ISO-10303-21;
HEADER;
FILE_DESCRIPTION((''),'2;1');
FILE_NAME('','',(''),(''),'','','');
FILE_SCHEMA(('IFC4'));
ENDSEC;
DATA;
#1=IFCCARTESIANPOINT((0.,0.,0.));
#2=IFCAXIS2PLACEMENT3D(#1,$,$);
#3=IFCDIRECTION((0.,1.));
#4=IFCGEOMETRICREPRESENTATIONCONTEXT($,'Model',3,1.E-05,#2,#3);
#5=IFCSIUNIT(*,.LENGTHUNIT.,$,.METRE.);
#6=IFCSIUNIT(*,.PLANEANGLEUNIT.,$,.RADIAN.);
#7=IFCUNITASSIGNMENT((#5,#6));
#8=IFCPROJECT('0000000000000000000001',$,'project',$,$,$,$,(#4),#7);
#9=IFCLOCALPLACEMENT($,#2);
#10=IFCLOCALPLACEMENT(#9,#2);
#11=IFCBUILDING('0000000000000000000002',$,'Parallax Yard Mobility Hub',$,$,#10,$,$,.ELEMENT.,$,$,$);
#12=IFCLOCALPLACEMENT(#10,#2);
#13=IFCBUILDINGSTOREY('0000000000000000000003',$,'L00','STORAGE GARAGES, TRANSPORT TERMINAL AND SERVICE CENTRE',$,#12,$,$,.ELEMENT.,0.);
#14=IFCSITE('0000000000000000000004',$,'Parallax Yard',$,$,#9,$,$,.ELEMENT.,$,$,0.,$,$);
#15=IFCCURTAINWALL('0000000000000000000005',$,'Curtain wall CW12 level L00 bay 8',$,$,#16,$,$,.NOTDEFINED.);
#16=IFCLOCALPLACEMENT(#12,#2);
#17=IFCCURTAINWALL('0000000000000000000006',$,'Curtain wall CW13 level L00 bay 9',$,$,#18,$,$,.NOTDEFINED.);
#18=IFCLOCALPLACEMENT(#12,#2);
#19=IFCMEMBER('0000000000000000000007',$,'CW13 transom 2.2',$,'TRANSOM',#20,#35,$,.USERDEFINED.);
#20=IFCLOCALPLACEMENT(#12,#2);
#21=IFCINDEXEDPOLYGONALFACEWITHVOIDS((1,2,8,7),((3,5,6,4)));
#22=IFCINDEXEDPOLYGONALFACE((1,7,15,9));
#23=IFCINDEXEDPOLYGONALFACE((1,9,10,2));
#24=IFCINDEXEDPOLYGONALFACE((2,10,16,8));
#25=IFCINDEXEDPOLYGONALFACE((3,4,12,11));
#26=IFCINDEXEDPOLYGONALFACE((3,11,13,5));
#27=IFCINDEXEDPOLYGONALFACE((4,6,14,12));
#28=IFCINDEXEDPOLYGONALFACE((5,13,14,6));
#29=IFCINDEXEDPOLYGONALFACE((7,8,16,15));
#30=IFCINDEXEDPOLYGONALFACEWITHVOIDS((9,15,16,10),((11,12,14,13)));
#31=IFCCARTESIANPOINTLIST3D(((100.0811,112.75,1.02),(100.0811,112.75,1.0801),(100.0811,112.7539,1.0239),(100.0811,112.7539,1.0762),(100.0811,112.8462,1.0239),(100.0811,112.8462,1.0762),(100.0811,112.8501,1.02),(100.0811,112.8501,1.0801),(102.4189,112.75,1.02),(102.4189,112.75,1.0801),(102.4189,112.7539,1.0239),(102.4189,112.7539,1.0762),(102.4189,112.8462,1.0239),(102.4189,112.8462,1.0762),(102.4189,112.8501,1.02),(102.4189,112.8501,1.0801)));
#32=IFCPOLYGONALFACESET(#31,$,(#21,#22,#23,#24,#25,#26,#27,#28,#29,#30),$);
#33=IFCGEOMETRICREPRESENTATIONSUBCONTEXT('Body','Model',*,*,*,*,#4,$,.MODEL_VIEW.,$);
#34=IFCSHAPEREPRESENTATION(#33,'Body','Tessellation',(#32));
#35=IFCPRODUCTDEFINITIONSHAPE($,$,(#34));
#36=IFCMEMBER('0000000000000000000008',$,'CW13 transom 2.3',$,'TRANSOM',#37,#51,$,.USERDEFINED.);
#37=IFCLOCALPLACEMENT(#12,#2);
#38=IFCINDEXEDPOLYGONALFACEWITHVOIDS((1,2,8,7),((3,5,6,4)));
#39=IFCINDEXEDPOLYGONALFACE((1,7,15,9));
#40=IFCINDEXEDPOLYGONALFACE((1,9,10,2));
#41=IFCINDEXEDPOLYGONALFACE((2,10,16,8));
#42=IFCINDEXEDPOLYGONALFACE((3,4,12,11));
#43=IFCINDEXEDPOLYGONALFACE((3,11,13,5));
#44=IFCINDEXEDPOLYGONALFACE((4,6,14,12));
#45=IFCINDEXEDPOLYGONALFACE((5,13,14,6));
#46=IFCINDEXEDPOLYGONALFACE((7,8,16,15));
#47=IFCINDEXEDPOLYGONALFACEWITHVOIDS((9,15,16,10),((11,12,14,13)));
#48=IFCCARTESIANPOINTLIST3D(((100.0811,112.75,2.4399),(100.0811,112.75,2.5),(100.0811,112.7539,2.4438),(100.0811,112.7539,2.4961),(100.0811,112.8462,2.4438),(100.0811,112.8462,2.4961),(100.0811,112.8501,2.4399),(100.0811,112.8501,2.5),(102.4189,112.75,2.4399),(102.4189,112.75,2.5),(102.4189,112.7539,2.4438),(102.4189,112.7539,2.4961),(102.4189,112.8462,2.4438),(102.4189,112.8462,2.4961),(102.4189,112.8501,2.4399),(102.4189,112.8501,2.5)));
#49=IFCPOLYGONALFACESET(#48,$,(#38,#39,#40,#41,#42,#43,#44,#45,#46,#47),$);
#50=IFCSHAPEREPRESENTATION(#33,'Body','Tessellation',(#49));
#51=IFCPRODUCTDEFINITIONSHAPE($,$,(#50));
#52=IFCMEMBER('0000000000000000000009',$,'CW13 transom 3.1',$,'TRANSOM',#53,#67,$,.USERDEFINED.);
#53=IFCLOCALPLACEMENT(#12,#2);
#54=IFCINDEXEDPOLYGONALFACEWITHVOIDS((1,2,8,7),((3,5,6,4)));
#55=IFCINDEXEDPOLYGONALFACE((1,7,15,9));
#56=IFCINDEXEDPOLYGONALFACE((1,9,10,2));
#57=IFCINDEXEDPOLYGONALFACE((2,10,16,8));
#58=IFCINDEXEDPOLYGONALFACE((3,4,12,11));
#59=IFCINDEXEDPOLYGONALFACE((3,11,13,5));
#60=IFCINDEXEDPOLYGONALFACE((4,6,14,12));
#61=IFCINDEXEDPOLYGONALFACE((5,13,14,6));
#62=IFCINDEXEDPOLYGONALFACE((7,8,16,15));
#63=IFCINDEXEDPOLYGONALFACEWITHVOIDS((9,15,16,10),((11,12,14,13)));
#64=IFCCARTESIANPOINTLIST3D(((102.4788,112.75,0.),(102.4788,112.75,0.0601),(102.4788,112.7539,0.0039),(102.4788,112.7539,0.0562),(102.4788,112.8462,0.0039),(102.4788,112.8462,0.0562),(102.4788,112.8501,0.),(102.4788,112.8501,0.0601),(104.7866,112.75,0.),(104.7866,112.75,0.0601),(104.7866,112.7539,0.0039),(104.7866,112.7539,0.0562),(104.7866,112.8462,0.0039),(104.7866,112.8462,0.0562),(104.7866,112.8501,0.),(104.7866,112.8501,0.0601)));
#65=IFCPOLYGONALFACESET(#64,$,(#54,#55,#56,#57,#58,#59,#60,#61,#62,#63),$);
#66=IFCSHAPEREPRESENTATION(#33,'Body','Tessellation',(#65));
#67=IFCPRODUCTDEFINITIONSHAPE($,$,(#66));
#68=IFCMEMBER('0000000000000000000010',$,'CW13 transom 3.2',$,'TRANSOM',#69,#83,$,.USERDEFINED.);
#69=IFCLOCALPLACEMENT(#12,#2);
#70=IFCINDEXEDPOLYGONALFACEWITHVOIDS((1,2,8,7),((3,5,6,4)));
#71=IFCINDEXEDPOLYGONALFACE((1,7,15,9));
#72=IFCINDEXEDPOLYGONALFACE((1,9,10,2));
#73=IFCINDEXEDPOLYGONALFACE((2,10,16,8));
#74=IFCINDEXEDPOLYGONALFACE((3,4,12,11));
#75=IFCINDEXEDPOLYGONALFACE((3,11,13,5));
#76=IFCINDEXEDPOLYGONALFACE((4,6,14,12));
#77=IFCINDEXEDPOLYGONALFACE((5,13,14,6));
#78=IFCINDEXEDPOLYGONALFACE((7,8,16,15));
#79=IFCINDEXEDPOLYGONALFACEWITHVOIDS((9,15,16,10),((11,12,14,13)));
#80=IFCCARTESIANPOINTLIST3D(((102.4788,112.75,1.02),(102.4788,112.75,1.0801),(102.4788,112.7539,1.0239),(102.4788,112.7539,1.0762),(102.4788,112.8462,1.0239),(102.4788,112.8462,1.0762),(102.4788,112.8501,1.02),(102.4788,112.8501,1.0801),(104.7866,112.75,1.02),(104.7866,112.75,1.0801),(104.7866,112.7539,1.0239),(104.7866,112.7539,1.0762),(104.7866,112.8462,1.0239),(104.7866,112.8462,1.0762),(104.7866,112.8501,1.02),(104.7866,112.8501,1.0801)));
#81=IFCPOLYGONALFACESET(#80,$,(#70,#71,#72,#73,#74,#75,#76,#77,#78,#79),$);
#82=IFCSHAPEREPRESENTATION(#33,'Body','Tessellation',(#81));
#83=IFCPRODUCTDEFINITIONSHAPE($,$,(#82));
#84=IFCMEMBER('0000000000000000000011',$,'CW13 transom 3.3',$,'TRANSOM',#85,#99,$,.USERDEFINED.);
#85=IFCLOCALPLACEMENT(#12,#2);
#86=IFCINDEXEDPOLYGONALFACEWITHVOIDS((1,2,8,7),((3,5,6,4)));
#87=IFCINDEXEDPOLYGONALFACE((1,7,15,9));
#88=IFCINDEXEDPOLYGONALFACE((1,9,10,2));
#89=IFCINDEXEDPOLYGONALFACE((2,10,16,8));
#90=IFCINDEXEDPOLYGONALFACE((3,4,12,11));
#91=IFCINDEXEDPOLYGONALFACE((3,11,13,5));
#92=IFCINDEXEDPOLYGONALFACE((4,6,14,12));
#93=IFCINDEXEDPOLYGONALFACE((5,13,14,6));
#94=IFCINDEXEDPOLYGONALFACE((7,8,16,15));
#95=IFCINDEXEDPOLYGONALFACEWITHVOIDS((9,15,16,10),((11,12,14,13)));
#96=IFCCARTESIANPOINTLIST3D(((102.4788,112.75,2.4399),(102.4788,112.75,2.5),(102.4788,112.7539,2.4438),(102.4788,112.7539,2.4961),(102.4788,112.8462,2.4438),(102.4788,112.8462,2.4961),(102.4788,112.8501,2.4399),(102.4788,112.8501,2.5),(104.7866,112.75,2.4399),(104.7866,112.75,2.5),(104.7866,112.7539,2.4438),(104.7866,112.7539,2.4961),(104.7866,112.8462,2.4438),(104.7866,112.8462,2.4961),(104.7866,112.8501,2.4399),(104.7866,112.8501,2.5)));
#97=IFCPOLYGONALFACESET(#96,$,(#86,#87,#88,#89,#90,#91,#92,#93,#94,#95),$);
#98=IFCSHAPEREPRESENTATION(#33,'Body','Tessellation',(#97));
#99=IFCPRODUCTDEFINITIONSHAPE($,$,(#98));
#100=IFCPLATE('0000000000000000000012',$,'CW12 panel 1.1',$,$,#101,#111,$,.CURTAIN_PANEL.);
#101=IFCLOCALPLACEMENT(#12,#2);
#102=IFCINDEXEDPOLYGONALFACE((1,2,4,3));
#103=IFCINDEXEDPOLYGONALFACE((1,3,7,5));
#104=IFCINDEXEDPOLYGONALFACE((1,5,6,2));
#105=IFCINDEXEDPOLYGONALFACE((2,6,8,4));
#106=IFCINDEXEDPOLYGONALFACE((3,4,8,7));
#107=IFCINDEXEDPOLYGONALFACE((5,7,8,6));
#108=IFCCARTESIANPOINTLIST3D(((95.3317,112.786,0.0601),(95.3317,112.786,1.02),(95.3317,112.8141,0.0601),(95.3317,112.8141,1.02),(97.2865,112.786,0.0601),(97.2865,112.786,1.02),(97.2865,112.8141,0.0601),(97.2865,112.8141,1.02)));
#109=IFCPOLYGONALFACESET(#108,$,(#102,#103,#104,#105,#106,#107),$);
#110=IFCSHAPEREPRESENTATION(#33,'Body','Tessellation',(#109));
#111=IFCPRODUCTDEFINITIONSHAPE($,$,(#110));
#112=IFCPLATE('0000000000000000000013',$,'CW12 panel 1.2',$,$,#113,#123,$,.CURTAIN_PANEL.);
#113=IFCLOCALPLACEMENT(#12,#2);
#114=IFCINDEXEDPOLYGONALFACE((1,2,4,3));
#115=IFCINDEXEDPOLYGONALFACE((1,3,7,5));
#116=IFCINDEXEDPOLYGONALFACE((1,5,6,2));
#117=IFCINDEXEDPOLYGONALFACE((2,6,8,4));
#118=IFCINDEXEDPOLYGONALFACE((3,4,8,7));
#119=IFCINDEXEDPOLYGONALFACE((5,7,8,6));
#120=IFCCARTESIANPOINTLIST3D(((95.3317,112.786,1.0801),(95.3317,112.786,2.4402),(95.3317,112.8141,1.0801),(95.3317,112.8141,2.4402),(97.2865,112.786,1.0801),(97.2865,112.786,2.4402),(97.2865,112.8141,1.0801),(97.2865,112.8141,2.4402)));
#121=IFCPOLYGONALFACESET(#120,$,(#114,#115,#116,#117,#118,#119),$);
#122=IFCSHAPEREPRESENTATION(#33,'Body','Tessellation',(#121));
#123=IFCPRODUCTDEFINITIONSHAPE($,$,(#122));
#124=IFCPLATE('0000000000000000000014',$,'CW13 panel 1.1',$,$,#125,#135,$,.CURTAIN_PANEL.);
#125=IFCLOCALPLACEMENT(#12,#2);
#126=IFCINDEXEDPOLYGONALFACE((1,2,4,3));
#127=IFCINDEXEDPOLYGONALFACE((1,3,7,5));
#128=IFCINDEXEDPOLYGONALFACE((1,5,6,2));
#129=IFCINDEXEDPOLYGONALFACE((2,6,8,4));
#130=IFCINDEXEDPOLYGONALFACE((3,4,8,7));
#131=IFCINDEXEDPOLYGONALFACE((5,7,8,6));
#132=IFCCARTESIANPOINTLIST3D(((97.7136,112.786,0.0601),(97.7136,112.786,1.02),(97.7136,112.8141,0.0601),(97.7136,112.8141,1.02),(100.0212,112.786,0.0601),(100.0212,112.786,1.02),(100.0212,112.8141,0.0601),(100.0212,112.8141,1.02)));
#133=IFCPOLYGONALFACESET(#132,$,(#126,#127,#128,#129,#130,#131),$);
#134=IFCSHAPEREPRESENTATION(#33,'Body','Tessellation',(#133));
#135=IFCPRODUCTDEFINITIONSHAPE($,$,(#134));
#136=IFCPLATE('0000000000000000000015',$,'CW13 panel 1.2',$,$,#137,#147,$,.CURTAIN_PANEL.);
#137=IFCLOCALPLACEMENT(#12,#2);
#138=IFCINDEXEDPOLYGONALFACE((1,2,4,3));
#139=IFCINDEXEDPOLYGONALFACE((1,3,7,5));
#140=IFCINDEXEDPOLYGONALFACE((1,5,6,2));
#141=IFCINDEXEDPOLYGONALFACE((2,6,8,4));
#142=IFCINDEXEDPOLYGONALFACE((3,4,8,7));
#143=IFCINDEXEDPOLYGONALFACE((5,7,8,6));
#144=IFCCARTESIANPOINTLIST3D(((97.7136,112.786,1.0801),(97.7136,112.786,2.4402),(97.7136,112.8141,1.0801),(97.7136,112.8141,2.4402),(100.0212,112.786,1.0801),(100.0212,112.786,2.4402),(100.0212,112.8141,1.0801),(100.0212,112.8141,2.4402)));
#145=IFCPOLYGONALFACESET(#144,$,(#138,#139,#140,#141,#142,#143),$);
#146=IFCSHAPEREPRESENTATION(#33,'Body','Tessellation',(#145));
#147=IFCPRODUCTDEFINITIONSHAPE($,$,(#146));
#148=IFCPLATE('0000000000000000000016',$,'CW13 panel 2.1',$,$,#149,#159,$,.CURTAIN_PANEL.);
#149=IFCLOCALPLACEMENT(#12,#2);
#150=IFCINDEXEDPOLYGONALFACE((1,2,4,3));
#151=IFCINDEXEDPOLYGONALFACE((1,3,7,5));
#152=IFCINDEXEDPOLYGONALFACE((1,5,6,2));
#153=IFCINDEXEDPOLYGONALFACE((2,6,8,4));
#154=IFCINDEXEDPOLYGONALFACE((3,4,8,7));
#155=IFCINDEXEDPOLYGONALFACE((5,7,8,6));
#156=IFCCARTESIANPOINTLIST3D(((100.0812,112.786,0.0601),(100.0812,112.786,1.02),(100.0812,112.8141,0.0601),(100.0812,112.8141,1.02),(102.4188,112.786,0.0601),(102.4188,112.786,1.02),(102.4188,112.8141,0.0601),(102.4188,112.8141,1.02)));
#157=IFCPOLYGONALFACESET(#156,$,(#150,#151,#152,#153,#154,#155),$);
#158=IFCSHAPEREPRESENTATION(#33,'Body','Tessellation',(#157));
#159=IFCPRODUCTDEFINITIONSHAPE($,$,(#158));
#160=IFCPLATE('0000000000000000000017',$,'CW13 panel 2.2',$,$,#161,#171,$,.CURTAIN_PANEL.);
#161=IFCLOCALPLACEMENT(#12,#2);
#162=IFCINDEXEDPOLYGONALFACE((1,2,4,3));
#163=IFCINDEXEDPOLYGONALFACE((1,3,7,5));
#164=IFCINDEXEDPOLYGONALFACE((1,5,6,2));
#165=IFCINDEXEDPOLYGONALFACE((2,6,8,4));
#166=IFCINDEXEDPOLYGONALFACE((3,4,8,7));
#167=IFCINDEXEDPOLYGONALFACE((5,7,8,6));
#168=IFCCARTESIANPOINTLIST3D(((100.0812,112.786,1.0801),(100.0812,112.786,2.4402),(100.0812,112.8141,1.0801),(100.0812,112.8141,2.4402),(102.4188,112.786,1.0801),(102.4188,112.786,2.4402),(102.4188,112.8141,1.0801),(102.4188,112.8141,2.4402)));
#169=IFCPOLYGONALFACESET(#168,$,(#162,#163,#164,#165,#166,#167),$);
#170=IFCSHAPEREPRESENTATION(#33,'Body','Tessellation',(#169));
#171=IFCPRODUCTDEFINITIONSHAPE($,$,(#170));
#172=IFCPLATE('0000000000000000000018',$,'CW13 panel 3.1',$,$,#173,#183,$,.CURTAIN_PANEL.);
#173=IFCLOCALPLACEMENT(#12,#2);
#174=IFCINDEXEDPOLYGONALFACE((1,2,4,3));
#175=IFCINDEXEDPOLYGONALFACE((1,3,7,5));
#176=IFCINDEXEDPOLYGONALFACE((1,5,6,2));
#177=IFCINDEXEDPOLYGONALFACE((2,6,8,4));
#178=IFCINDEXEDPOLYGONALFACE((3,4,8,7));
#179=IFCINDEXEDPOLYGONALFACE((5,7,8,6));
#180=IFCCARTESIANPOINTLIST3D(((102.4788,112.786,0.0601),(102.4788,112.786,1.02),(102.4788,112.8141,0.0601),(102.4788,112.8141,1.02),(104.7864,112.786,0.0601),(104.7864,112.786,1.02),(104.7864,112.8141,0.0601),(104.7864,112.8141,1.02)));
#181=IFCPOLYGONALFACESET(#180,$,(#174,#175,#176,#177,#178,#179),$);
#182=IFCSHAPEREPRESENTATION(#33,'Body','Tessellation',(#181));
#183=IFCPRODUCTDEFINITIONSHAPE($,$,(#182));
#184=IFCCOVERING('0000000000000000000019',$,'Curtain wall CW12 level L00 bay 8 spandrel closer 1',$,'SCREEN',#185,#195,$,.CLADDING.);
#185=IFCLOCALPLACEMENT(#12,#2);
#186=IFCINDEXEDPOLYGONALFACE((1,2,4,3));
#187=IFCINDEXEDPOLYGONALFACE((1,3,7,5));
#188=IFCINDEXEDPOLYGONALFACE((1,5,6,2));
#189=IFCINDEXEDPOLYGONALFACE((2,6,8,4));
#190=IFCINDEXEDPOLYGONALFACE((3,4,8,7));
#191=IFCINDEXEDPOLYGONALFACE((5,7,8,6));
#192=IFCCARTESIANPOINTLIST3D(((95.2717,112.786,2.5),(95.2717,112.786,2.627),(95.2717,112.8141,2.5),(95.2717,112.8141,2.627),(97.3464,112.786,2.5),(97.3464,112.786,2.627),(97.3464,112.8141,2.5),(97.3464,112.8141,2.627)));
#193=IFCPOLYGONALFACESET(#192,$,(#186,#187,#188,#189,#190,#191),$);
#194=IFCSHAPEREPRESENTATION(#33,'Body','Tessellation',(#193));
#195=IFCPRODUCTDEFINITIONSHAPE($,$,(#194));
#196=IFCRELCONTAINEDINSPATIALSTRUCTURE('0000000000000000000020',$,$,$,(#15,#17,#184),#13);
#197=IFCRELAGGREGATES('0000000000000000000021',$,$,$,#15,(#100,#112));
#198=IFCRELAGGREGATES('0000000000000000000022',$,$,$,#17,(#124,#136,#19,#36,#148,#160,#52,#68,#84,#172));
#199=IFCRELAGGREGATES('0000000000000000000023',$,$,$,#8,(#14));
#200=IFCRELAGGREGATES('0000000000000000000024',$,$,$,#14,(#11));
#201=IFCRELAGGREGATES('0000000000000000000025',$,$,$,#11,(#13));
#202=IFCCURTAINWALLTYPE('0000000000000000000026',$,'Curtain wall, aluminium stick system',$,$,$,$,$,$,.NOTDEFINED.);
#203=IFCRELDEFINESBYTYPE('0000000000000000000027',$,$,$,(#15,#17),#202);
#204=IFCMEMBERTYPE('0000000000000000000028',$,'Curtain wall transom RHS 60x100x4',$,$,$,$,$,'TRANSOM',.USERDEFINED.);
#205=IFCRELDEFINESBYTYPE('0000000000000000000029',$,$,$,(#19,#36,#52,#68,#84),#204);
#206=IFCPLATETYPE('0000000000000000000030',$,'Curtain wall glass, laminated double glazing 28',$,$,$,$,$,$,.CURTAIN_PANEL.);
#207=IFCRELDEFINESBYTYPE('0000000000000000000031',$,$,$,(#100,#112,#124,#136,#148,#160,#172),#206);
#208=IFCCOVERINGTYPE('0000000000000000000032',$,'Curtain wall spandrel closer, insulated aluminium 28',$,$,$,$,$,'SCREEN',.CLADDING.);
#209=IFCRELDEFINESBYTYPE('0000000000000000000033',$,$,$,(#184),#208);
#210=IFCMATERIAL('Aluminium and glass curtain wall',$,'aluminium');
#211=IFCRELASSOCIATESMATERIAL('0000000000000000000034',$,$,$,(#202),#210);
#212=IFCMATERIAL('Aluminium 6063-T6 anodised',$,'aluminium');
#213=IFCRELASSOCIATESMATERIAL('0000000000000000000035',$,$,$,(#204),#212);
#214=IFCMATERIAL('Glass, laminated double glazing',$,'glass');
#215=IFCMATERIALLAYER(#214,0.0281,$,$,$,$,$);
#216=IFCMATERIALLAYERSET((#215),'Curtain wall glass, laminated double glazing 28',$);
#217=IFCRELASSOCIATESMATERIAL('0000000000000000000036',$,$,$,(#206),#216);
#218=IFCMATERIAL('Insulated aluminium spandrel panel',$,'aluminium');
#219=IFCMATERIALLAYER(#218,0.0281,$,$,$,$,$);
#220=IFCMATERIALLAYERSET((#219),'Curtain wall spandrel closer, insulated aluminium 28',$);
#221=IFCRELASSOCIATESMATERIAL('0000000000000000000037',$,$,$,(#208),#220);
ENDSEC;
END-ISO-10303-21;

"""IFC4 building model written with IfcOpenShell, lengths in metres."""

from ifc_helpers import new_model, si_unit, direction, frame, origin, origin_2d, place, context, subcontext, project, spatial, rectangle, hollow_rectangle, extrude, material, layer, layer_set, material_profile, profile_set, type_object, element, aggregate, save


model = new_model("IFC4")

# Units and contexts
model_context = context("Model", 3, precision=1e-05, world=origin(), true_north=direction((0.0, 1.0)))
body_context = subcontext(model_context, "Body", "Model", "MODEL_VIEW")
ifc_project = project(units=[si_unit("LENGTHUNIT", "METRE"), si_unit("PLANEANGLEUNIT", "RADIAN")], contexts=[model_context])

# Site, building, storey
site_placement = place(None, origin())
site = spatial("IfcSite", under=ifc_project, at=site_placement, Name="Parallax Yard", CompositionType="ELEMENT", RefElevation=0.0)
building_placement = place(site_placement, origin())
building = spatial("IfcBuilding", under=site, at=building_placement, Name="Parallax Yard Mobility Hub", CompositionType="ELEMENT")
storey_placement = place(building_placement, origin())
storey = spatial("IfcBuildingStorey", under=building, at=storey_placement, Name="L00", Description="STORAGE GARAGES, TRANSPORT TERMINAL AND SERVICE CENTRE", CompositionType="ELEMENT", Elevation=0.0)

# Curtain wall
ifc_material_1 = material(Name="Aluminium and glass curtain wall", Category="aluminium")
curtain_wall_type = type_object("IfcCurtainWallType", Name="Curtain wall, aluminium stick system", PredefinedType="NOTDEFINED", material=ifc_material_1)
curtain_wall_1_placement = place(storey_placement, origin())
curtain_wall_1 = element("IfcCurtainWall", 1, at=curtain_wall_1_placement, inside=storey, type_object=curtain_wall_type, Name="Curtain wall CW12 level L00 bay 8", PredefinedType="NOTDEFINED")
ifc_material_2 = material(Name="Aluminium 6063-T6 anodised", Category="aluminium")

# Curtain wall
curtain_wall_2_placement = place(storey_placement, origin())
curtain_wall_2 = element("IfcCurtainWall", 2, at=curtain_wall_2_placement, inside=storey, type_object=curtain_wall_type, Name="Curtain wall CW13 level L00 bay 9", PredefinedType="NOTDEFINED")

# Members
ifc_material_profile_1 = material_profile(ifc_material_2, hollow_rectangle(XDim=0.1001, YDim=0.0601, WallThickness=0.0039, at=origin_2d()), Name="RHS 60x100x4")
ifc_profile_set_1 = profile_set([ifc_material_profile_1], Name="Aluminium 6063-T6 anodised")
member_type_1 = type_object("IfcMemberType", Name="Curtain wall transom RHS 60x100x4", ElementType="TRANSOM", PredefinedType="USERDEFINED", material=ifc_profile_set_1)
member_1_placement = place(storey_placement, frame((100.0811, 112.8, 1.05), z_axis=(1.0, 0.0, 0.0), x_axis=(0.0, 1.0, 0.0)))
member_1 = element("IfcMember", 3, at=member_1_placement, type_object=member_type_1, Name="CW13 transom 2.2", ObjectType="TRANSOM", PredefinedType="USERDEFINED", context=body_context, shape_type="SweptSolid", body=[
    extrude(hollow_rectangle(XDim=0.1001, YDim=0.0601, WallThickness=0.0039, at=origin_2d()), origin(), (0.0, 0.0, 1.0), 2.3379),
])
member_2_placement = place(storey_placement, frame((100.0811, 112.8, 2.47), z_axis=(1.0, 0.0, 0.0), x_axis=(0.0, 1.0, 0.0)))
member_2 = element("IfcMember", 4, at=member_2_placement, type_object=member_type_1, Name="CW13 transom 2.3", ObjectType="TRANSOM", PredefinedType="USERDEFINED", context=body_context, shape_type="SweptSolid", body=[
    extrude(hollow_rectangle(XDim=0.1001, YDim=0.0601, WallThickness=0.0039, at=origin_2d()), origin(), (0.0, 0.0, 1.0), 2.3379),
])
member_3_placement = place(storey_placement, frame((102.4788, 112.8, 0.03), z_axis=(1.0, 0.0, 0.0), x_axis=(0.0, 1.0, 0.0)))
member_3 = element("IfcMember", 5, at=member_3_placement, type_object=member_type_1, Name="CW13 transom 3.1", ObjectType="TRANSOM", PredefinedType="USERDEFINED", context=body_context, shape_type="SweptSolid", body=[
    extrude(hollow_rectangle(XDim=0.1001, YDim=0.0601, WallThickness=0.0039, at=origin_2d()), origin(), (0.0, 0.0, 1.0), 2.3079),
])
member_4_placement = place(storey_placement, frame((102.4788, 112.8, 1.05), z_axis=(1.0, 0.0, 0.0), x_axis=(0.0, 1.0, 0.0)))
member_4 = element("IfcMember", 6, at=member_4_placement, type_object=member_type_1, Name="CW13 transom 3.2", ObjectType="TRANSOM", PredefinedType="USERDEFINED", context=body_context, shape_type="SweptSolid", body=[
    extrude(hollow_rectangle(XDim=0.1001, YDim=0.0601, WallThickness=0.0039, at=origin_2d()), origin(), (0.0, 0.0, 1.0), 2.3079),
])
member_5_placement = place(storey_placement, frame((102.4788, 112.8, 2.47), z_axis=(1.0, 0.0, 0.0), x_axis=(0.0, 1.0, 0.0)))
member_5 = element("IfcMember", 7, at=member_5_placement, type_object=member_type_1, Name="CW13 transom 3.3", ObjectType="TRANSOM", PredefinedType="USERDEFINED", context=body_context, shape_type="SweptSolid", body=[
    extrude(hollow_rectangle(XDim=0.1001, YDim=0.0601, WallThickness=0.0039, at=origin_2d()), origin(), (0.0, 0.0, 1.0), 2.3079),
])

# Plates
ifc_material_3 = material(Name="Glass, laminated double glazing", Category="glass")
ifc_layer_1 = layer(ifc_material_3, 0.0281)
ifc_layer_set_1 = layer_set([ifc_layer_1], Name="Curtain wall glass, laminated double glazing 28")
plate_type = type_object("IfcPlateType", Name="Curtain wall glass, laminated double glazing 28", PredefinedType="CURTAIN_PANEL", material=ifc_layer_set_1)
plate_1_placement = place(storey_placement, frame((96.3091, 112.8, 0.0601), z_axis=(0.0, 0.0, 1.0), x_axis=(1.0, 0.0, 0.0)))
plate_1 = element("IfcPlate", 8, at=plate_1_placement, type_object=plate_type, Name="CW12 panel 1.1", PredefinedType="CURTAIN_PANEL", context=body_context, shape_type="SweptSolid", body=[
    extrude(rectangle(XDim=1.9548, YDim=0.0281, at=origin_2d()), origin(), (0.0, 0.0, 1.0), 0.96),
])
plate_2_placement = place(storey_placement, frame((96.3091, 112.8, 1.0801), z_axis=(0.0, 0.0, 1.0), x_axis=(1.0, 0.0, 0.0)))
plate_2 = element("IfcPlate", 9, at=plate_2_placement, type_object=plate_type, Name="CW12 panel 1.2", PredefinedType="CURTAIN_PANEL", context=body_context, shape_type="SweptSolid", body=[
    extrude(rectangle(XDim=1.9548, YDim=0.0281, at=origin_2d()), origin(), (0.0, 0.0, 1.0), 1.3601),
])
aggregate(curtain_wall_1, [plate_1, plate_2])
plate_3_placement = place(storey_placement, frame((98.8674, 112.8, 0.0601), z_axis=(0.0, 0.0, 1.0), x_axis=(1.0, 0.0, 0.0)))
plate_3 = element("IfcPlate", 10, at=plate_3_placement, type_object=plate_type, Name="CW13 panel 1.1", PredefinedType="CURTAIN_PANEL", context=body_context, shape_type="SweptSolid", body=[
    extrude(rectangle(XDim=2.3076, YDim=0.0281, at=origin_2d()), origin(), (0.0, 0.0, 1.0), 0.96),
])
plate_4_placement = place(storey_placement, frame((98.8674, 112.8, 1.0801), z_axis=(0.0, 0.0, 1.0), x_axis=(1.0, 0.0, 0.0)))
plate_4 = element("IfcPlate", 11, at=plate_4_placement, type_object=plate_type, Name="CW13 panel 1.2", PredefinedType="CURTAIN_PANEL", context=body_context, shape_type="SweptSolid", body=[
    extrude(rectangle(XDim=2.3076, YDim=0.0281, at=origin_2d()), origin(), (0.0, 0.0, 1.0), 1.3601),
])
plate_5_placement = place(storey_placement, frame((101.25, 112.8, 0.0601), z_axis=(0.0, 0.0, 1.0), x_axis=(1.0, 0.0, 0.0)))
plate_5 = element("IfcPlate", 12, at=plate_5_placement, type_object=plate_type, Name="CW13 panel 2.1", PredefinedType="CURTAIN_PANEL", context=body_context, shape_type="SweptSolid", body=[
    extrude(rectangle(XDim=2.3376, YDim=0.0281, at=origin_2d()), origin(), (0.0, 0.0, 1.0), 0.96),
])
plate_6_placement = place(storey_placement, frame((101.25, 112.8, 1.0801), z_axis=(0.0, 0.0, 1.0), x_axis=(1.0, 0.0, 0.0)))
plate_6 = element("IfcPlate", 13, at=plate_6_placement, type_object=plate_type, Name="CW13 panel 2.2", PredefinedType="CURTAIN_PANEL", context=body_context, shape_type="SweptSolid", body=[
    extrude(rectangle(XDim=2.3376, YDim=0.0281, at=origin_2d()), origin(), (0.0, 0.0, 1.0), 1.3601),
])
plate_7_placement = place(storey_placement, frame((103.6326, 112.8, 0.0601), z_axis=(0.0, 0.0, 1.0), x_axis=(1.0, 0.0, 0.0)))
plate_7 = element("IfcPlate", 14, at=plate_7_placement, type_object=plate_type, Name="CW13 panel 3.1", PredefinedType="CURTAIN_PANEL", context=body_context, shape_type="SweptSolid", body=[
    extrude(rectangle(XDim=2.3076, YDim=0.0281, at=origin_2d()), origin(), (0.0, 0.0, 1.0), 0.96),
])
aggregate(curtain_wall_2, [plate_3, plate_4, member_1, member_2, plate_5, plate_6, member_3, member_4, member_5, plate_7])

# Covering
ifc_material_4 = material(Name="Insulated aluminium spandrel panel", Category="aluminium")
ifc_layer_2 = layer(ifc_material_4, 0.0281)
ifc_layer_set_2 = layer_set([ifc_layer_2], Name="Curtain wall spandrel closer, insulated aluminium 28")
covering_type = type_object("IfcCoveringType", Name="Curtain wall spandrel closer, insulated aluminium 28", ElementType="SCREEN", PredefinedType="CLADDING", material=ifc_layer_set_2)
covering_1_placement = place(storey_placement, frame((96.3091, 112.8, 2.5), z_axis=(0.0, 0.0, 1.0), x_axis=(1.0, 0.0, 0.0)))
element("IfcCovering", 15, at=covering_1_placement, inside=storey, type_object=covering_type, Name="Curtain wall CW12 level L00 bay 8 spandrel closer 1", ObjectType="SCREEN", PredefinedType="CLADDING", context=body_context, shape_type="SweptSolid", body=[
    extrude(rectangle(XDim=2.0747, YDim=0.0281, at=origin_2d()), origin(), (0.0, 0.0, 1.0), 0.127),
])

save(model, "model.ifc")
